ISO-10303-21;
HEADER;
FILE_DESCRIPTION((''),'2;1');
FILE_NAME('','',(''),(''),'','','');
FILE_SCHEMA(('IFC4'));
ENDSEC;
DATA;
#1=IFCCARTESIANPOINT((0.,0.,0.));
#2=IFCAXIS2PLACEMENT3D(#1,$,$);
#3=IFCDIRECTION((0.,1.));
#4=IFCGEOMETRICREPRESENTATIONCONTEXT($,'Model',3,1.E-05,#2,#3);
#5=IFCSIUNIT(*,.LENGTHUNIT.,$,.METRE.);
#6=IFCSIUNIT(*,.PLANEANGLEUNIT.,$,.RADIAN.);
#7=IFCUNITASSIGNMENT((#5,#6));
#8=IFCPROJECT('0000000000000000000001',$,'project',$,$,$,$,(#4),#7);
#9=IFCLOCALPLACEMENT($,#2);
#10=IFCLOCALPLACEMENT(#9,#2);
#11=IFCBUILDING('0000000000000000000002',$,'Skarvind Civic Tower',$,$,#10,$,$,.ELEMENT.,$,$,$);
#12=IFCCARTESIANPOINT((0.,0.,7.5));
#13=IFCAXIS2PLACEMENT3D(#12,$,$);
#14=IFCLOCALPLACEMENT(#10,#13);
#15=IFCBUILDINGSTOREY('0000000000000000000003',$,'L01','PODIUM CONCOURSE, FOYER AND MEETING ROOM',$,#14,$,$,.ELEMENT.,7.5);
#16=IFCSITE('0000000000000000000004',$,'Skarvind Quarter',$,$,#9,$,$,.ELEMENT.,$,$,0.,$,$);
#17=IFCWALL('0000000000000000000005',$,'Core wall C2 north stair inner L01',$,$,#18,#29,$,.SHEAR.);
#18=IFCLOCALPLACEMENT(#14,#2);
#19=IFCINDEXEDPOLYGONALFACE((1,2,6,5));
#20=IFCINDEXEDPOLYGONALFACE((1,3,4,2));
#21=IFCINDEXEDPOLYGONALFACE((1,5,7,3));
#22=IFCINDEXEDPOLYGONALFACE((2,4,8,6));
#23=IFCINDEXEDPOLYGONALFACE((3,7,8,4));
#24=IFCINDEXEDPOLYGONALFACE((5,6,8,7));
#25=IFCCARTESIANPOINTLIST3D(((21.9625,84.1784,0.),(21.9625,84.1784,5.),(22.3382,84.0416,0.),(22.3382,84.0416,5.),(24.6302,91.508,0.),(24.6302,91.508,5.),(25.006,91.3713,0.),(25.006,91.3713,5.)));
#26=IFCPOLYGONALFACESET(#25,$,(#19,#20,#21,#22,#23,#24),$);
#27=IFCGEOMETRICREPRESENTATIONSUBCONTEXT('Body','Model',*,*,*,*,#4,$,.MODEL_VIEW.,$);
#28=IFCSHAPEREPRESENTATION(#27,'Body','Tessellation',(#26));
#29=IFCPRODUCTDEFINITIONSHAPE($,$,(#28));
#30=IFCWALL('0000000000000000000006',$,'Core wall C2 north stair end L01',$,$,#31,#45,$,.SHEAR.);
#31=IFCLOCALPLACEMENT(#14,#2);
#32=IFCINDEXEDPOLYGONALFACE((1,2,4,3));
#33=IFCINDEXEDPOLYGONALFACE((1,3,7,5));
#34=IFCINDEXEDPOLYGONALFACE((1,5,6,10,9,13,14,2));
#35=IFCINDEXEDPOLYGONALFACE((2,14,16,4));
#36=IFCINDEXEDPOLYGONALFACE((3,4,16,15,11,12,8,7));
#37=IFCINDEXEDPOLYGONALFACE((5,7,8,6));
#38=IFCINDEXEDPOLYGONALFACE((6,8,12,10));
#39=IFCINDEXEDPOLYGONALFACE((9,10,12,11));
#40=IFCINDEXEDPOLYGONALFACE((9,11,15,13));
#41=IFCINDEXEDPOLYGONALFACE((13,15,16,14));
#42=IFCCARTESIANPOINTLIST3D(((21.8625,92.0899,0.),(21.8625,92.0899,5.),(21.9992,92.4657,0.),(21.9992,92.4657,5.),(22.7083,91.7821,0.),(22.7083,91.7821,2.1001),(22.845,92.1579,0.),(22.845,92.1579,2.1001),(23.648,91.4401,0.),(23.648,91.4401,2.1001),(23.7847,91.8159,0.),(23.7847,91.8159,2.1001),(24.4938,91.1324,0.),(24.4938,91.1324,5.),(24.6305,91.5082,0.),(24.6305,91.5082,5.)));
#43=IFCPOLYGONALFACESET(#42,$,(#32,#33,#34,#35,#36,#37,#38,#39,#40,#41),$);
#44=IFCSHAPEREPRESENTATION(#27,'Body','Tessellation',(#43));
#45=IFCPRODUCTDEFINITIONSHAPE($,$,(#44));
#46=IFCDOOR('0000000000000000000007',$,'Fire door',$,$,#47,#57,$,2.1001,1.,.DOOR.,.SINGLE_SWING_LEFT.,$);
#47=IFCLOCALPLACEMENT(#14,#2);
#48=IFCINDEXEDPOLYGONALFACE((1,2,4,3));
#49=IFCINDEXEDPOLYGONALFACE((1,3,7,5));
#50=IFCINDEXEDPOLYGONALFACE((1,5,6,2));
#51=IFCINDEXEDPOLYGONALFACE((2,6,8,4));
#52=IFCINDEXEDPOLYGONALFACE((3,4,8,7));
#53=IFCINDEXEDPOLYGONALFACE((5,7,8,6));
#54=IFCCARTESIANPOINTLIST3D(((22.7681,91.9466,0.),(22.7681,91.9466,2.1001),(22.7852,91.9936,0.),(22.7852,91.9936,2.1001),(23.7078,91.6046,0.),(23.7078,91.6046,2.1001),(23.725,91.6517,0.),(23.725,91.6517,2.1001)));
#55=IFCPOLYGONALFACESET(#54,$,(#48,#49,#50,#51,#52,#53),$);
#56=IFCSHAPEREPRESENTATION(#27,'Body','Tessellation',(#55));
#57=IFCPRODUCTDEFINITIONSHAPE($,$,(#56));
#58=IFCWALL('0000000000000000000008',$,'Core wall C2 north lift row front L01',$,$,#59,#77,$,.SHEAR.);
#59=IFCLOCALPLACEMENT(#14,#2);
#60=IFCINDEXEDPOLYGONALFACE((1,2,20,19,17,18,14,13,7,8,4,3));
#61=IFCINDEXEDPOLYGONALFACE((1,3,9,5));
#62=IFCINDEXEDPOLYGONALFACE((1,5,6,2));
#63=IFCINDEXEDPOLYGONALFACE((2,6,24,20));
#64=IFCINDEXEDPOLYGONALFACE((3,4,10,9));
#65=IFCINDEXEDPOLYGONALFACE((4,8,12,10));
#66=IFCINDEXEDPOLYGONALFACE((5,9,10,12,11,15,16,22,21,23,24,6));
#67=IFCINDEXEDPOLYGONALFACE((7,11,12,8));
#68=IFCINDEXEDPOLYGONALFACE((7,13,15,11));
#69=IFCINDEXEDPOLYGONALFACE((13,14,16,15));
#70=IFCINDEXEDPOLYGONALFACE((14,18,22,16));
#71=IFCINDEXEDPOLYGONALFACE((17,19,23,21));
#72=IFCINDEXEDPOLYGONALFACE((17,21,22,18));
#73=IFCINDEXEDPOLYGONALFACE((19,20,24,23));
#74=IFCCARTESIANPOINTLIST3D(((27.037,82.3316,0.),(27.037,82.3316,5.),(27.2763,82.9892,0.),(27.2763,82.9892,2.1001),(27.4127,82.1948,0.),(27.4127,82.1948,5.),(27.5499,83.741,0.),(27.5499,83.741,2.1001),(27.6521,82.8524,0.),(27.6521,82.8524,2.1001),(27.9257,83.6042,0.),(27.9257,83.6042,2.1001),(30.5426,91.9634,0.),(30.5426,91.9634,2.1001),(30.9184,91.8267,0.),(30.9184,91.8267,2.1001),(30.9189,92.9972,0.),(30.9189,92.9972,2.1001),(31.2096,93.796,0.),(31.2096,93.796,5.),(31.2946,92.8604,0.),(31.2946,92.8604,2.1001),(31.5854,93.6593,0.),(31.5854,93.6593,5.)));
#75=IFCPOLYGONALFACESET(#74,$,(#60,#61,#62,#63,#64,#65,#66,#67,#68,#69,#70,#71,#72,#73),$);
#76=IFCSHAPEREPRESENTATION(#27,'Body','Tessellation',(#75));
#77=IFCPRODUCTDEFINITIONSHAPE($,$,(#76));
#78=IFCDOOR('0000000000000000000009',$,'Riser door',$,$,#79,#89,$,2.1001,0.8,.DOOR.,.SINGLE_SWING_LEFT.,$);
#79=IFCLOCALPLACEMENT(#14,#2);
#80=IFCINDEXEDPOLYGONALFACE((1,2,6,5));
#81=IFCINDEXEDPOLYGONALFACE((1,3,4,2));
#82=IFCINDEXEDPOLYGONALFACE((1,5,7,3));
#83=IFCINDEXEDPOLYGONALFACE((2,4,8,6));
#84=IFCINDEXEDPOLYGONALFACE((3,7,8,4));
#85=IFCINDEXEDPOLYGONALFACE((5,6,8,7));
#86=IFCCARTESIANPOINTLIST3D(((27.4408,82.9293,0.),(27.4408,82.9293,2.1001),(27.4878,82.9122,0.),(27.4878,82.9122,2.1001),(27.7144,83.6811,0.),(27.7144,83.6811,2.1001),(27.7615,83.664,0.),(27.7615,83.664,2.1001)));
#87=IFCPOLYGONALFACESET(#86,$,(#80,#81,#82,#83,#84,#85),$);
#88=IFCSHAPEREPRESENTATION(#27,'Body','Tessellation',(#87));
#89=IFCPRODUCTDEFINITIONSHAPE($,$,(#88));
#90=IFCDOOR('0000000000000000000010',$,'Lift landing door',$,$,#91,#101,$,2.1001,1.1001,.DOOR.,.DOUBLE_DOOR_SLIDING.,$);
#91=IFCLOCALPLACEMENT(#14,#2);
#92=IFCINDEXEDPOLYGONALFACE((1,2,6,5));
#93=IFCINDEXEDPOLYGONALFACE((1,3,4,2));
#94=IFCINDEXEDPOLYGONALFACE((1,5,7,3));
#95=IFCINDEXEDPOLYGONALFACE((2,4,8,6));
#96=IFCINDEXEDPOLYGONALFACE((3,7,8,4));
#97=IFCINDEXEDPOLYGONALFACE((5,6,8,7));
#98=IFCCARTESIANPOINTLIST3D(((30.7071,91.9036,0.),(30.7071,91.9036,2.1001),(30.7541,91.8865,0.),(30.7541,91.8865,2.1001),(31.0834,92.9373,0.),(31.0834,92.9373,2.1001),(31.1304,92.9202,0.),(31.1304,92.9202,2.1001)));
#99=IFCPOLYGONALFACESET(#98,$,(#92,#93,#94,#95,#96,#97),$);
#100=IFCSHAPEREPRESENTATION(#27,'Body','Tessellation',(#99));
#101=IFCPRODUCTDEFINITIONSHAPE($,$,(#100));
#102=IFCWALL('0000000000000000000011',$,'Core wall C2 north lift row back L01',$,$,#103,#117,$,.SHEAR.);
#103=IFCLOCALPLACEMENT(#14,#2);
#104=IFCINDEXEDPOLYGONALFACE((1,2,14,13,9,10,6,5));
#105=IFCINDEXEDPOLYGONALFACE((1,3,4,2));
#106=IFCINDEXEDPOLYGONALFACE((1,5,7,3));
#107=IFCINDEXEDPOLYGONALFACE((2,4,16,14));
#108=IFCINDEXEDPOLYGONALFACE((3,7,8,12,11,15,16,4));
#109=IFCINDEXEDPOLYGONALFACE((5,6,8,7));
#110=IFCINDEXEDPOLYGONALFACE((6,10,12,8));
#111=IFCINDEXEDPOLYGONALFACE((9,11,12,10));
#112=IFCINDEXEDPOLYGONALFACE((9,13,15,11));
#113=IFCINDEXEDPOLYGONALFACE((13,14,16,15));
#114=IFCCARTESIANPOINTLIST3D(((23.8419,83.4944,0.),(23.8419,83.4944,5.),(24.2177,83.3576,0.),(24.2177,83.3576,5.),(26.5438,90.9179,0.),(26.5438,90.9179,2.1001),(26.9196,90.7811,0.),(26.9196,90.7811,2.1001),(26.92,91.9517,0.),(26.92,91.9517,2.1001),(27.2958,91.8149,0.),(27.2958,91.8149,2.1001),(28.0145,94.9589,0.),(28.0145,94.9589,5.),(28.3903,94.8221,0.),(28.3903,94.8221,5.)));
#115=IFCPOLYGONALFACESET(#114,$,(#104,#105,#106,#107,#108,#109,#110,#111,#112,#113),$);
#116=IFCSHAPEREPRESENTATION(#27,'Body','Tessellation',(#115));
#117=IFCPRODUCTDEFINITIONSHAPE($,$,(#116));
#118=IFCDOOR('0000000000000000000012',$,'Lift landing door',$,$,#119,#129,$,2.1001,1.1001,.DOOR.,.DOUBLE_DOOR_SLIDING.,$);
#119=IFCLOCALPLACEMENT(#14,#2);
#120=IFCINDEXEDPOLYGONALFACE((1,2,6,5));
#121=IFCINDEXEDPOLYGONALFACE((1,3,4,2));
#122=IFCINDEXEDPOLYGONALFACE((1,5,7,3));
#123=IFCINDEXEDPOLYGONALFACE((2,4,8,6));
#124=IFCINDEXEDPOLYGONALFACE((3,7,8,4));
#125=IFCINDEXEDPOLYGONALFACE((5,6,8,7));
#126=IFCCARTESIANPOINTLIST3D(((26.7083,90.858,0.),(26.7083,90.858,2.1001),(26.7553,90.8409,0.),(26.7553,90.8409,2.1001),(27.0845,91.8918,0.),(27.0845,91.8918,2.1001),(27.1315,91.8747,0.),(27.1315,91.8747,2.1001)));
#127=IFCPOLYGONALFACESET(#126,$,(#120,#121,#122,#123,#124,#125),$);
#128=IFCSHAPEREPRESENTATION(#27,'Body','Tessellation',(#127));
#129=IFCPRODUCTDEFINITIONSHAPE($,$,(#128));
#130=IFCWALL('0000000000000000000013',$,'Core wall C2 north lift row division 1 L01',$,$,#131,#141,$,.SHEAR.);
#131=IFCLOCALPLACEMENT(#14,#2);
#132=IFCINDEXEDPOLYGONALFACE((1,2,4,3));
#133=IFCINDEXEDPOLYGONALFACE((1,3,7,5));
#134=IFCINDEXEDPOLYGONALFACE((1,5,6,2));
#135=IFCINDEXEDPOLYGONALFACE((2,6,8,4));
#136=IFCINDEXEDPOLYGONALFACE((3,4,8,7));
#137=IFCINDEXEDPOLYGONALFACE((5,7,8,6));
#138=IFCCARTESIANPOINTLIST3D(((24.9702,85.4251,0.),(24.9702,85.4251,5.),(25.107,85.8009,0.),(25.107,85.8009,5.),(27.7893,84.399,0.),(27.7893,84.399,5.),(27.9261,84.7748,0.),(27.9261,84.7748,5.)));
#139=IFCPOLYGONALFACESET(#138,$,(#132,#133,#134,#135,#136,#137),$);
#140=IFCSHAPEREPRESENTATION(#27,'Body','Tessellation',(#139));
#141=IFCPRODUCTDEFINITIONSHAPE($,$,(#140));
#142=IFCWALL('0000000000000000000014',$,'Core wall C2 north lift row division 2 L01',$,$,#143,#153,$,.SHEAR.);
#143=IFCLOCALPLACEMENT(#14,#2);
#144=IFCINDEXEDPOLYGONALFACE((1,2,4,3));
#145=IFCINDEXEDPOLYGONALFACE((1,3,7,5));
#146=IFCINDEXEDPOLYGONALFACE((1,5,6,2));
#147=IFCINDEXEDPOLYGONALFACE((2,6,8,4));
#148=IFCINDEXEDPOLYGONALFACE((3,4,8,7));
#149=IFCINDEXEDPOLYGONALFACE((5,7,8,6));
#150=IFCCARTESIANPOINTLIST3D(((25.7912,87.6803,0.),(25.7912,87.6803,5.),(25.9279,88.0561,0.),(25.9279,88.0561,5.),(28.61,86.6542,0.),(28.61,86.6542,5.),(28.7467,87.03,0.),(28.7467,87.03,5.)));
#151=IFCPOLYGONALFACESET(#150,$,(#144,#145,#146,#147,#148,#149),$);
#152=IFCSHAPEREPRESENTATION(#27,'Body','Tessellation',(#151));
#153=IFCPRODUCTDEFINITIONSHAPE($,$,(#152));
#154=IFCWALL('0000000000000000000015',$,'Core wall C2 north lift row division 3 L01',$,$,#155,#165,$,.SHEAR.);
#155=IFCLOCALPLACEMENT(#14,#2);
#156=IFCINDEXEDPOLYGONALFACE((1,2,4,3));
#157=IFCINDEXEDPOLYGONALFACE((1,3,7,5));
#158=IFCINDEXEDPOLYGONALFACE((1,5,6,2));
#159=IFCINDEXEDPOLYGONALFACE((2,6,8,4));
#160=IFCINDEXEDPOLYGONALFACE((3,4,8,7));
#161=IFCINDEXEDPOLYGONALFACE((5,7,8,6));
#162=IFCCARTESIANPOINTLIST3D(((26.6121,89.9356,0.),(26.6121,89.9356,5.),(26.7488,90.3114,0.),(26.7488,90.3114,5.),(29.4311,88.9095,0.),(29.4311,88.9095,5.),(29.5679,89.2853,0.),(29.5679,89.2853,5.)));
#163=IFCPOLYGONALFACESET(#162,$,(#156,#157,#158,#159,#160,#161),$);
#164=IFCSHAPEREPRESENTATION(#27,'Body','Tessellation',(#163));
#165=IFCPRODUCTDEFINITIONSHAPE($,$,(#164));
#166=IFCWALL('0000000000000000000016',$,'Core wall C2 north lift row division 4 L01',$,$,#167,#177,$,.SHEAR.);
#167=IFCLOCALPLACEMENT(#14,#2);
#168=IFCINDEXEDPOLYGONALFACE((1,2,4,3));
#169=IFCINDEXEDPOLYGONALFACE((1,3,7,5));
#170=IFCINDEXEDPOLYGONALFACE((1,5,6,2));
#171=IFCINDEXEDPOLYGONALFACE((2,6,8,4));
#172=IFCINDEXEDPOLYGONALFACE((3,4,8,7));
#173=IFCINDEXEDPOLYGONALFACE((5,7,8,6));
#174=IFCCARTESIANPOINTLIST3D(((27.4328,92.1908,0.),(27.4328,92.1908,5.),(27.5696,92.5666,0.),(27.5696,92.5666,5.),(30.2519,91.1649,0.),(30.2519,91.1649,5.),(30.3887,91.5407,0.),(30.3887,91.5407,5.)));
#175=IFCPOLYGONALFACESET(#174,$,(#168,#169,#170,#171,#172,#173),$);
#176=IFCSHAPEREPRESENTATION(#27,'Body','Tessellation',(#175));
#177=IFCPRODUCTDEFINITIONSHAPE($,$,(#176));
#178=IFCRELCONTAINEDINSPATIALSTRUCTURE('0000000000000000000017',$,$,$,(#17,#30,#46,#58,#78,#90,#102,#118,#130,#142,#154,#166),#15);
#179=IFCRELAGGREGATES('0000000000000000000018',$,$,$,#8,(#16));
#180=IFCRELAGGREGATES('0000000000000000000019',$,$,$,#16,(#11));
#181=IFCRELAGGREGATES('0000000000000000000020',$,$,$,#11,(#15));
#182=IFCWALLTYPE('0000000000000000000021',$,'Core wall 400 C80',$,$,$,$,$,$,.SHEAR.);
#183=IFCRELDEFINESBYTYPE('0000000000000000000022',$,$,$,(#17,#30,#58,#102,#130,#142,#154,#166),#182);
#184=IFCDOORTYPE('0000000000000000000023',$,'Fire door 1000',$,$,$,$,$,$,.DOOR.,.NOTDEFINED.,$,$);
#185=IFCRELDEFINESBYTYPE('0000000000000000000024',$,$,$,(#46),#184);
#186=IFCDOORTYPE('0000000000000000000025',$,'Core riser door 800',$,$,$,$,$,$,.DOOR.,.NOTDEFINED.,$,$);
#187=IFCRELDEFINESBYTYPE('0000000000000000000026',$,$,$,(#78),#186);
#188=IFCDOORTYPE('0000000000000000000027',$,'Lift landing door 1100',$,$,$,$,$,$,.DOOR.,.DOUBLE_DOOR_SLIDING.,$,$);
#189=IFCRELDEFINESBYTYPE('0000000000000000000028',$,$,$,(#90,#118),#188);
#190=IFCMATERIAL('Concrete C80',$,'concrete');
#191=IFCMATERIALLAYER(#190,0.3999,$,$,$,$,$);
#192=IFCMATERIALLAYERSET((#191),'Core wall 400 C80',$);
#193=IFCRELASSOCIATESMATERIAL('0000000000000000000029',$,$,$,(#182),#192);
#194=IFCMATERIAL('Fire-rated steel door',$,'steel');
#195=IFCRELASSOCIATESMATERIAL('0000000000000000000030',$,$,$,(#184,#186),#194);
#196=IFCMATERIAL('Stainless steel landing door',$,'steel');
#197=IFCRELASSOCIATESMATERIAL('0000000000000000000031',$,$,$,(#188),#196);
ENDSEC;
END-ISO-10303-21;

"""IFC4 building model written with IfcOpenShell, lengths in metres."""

from ifc_helpers import new_model, si_unit, direction, frame, frame_2d, origin, place, context, subcontext, project, spatial, rectangle, extrude, material, layer, layer_set, type_object, element, fill, save


model = new_model("IFC4")

# Units and contexts
model_context = context("Model", 3, precision=1e-05, world=origin(), true_north=direction((0.0, 1.0)))
body_context = subcontext(model_context, "Body", "Model", "MODEL_VIEW")
ifc_project = project(units=[si_unit("LENGTHUNIT", "METRE"), si_unit("PLANEANGLEUNIT", "RADIAN")], contexts=[model_context])

# Site, building, storey
site_placement = place(None, origin())
site = spatial("IfcSite", under=ifc_project, at=site_placement, Name="Skarvind Quarter", CompositionType="ELEMENT", RefElevation=0.0)
building_placement = place(site_placement, origin())
building = spatial("IfcBuilding", under=site, at=building_placement, Name="Skarvind Civic Tower", CompositionType="ELEMENT")
storey_placement = place(building_placement, frame((0.0, 0.0, 7.5)))
storey = spatial("IfcBuildingStorey", under=building, at=storey_placement, Name="L01", Description="PODIUM CONCOURSE, FOYER AND MEETING ROOM", CompositionType="ELEMENT", Elevation=7.5)

# Wall
ifc_material_1 = material(Name="Concrete C80", Category="concrete")
ifc_layer_1 = layer(ifc_material_1, 0.3999)
ifc_layer_set_1 = layer_set([ifc_layer_1], Name="Core wall 400 C80")
wall_type_1 = type_object("IfcWallType", Name="Core wall 400 C80", PredefinedType="SHEAR", material=ifc_layer_set_1)
wall_1_placement = place(storey_placement, frame((22.1504, 84.1101, 0.0), z_axis=(0.0, 0.0, 1.0), x_axis=(0.342017, 0.939694, 0.0)))
element("IfcWall", 1, at=wall_1_placement, inside=storey, type_object=wall_type_1, Name="Core wall C2 north stair inner L01", PredefinedType="SHEAR", context=body_context, shape_type="SweptSolid", body=[
    extrude(rectangle(XDim=7.8, YDim=0.3999, at=frame_2d((3.8999, 0.0))), origin(), (0.0, 0.0, 1.0), 5.0),
])

# Wall, opening, door
wall_2_placement = place(storey_placement, frame((24.562, 91.3203, 0.0), z_axis=(0.0, 0.0, 1.0), x_axis=(-0.939717, 0.341953, 0.0)))
wall_2 = element("IfcWall", 2, at=wall_2_placement, inside=storey, type_object=wall_type_1, Name="Core wall C2 north stair end L01", PredefinedType="SHEAR", context=body_context, shape_type="SweptSolid", body=[
    extrude(rectangle(XDim=2.8, YDim=0.3999, at=frame_2d((1.3999, 0.0))), origin(), (0.0, 0.0, 1.0), 5.0),
])
opening_1_placement = place(wall_2_placement, frame((0.8999, 0.0, 0.0)))
opening_1 = element("IfcOpeningElement", 3, at=opening_1_placement, cuts=wall_2, PredefinedType="OPENING", context=body_context, shape_type="SweptSolid", body=[
    extrude(rectangle(XDim=1.0, YDim=2.1001, at=frame_2d((0.5, 1.05))), frame((0.0, 0.21, 0.0), z_axis=(0.0, -1.0, 0.0), x_axis=(1.0, 0.0, 0.0)), (0.0, 0.0, 1.0), 0.4199),
])
ifc_material_2 = material(Name="Fire-rated steel door", Category="steel")
door_type_1 = type_object("IfcDoorType", Name="Fire door 1000", OperationType="NOTDEFINED", PredefinedType="DOOR", material=ifc_material_2)
door_1_placement = place(opening_1_placement, origin())
door_1 = element("IfcDoor", 4, at=door_1_placement, inside=storey, type_object=door_type_1, Name="Fire door", OperationType="SINGLE_SWING_LEFT", OverallHeight=2.1001, OverallWidth=1.0, PredefinedType="DOOR", context=body_context, shape_type="SweptSolid", body=[
    extrude(rectangle(XDim=1.0, YDim=2.1001, at=frame_2d((0.5, 1.05))), frame((0.0, 0.0249, 0.0), z_axis=(0.0, -1.0, 0.0), x_axis=(1.0, 0.0, 0.0)), (0.0, 0.0, 1.0), 0.05),
])
fill(opening_1, door_1)

# Wall, openings, doors
wall_3_placement = place(storey_placement, frame((27.2249, 82.2632, 0.0), z_axis=(0.0, 0.0, 1.0), x_axis=(0.342015, 0.939695, 0.0)))
wall_3 = element("IfcWall", 5, at=wall_3_placement, inside=storey, type_object=wall_type_1, Name="Core wall C2 north lift row front L01", PredefinedType="SHEAR", context=body_context, shape_type="SweptSolid", body=[
    extrude(rectangle(XDim=12.2002, YDim=0.3999, at=frame_2d((6.1001, 0.0))), origin(), (0.0, 0.0, 1.0), 5.0),
])
opening_2_placement = place(wall_3_placement, frame((10.25, 0.0, 0.0)))
opening_2 = element("IfcOpeningElement", 6, at=opening_2_placement, cuts=wall_3, PredefinedType="OPENING", context=body_context, shape_type="SweptSolid", body=[
    extrude(rectangle(XDim=1.1001, YDim=2.1001, at=frame_2d((0.55, 1.05))), frame((0.0, 0.21, 0.0), z_axis=(0.0, -1.0, 0.0), x_axis=(1.0, 0.0, 0.0)), (0.0, 0.0, 1.0), 0.4199),
])
opening_3_placement = place(wall_3_placement, frame((0.7, 0.0, 0.0)))
opening_3 = element("IfcOpeningElement", 7, at=opening_3_placement, cuts=wall_3, PredefinedType="OPENING", context=body_context, shape_type="SweptSolid", body=[
    extrude(rectangle(XDim=0.8, YDim=2.1001, at=frame_2d((0.3999, 1.05))), frame((0.0, 0.21, 0.0), z_axis=(0.0, -1.0, 0.0), x_axis=(1.0, 0.0, 0.0)), (0.0, 0.0, 1.0), 0.4199),
])
door_type_2 = type_object("IfcDoorType", Name="Core riser door 800", OperationType="NOTDEFINED", PredefinedType="DOOR", material=ifc_material_2)
door_2_placement = place(opening_3_placement, origin())
door_2 = element("IfcDoor", 8, at=door_2_placement, inside=storey, type_object=door_type_2, Name="Riser door", OperationType="SINGLE_SWING_LEFT", OverallHeight=2.1001, OverallWidth=0.8, PredefinedType="DOOR", context=body_context, shape_type="SweptSolid", body=[
    extrude(rectangle(XDim=0.8, YDim=2.1001, at=frame_2d((0.3999, 1.05))), frame((0.0, 0.0249, 0.0), z_axis=(0.0, -1.0, 0.0), x_axis=(1.0, 0.0, 0.0)), (0.0, 0.0, 1.0), 0.05),
])
fill(opening_3, door_2)
ifc_material_3 = material(Name="Stainless steel landing door", Category="steel")
door_type_3 = type_object("IfcDoorType", Name="Lift landing door 1100", OperationType="DOUBLE_DOOR_SLIDING", PredefinedType="DOOR", material=ifc_material_3)
door_3_placement = place(opening_2_placement, origin())
door_3 = element("IfcDoor", 9, at=door_3_placement, inside=storey, type_object=door_type_3, Name="Lift landing door", OperationType="DOUBLE_DOOR_SLIDING", OverallHeight=2.1001, OverallWidth=1.1001, PredefinedType="DOOR", context=body_context, shape_type="SweptSolid", body=[
    extrude(rectangle(XDim=1.1001, YDim=2.1001, at=frame_2d((0.55, 1.05))), frame((0.0, 0.0249, 0.0), z_axis=(0.0, -1.0, 0.0), x_axis=(1.0, 0.0, 0.0)), (0.0, 0.0, 1.0), 0.05),
])
fill(opening_2, door_3)

# Wall, opening, door
wall_4_placement = place(storey_placement, frame((24.0298, 83.426, 0.0), z_axis=(0.0, 0.0, 1.0), x_axis=(0.342015, 0.939695, 0.0)))
wall_4 = element("IfcWall", 10, at=wall_4_placement, inside=storey, type_object=wall_type_1, Name="Core wall C2 north lift row back L01", PredefinedType="SHEAR", context=body_context, shape_type="SweptSolid", body=[
    extrude(rectangle(XDim=12.2002, YDim=0.3999, at=frame_2d((6.1001, 0.0))), origin(), (0.0, 0.0, 1.0), 5.0),
])
opening_4_placement = place(wall_4_placement, frame((7.8999, 0.0, 0.0)))
opening_4 = element("IfcOpeningElement", 11, at=opening_4_placement, cuts=wall_4, PredefinedType="OPENING", context=body_context, shape_type="SweptSolid", body=[
    extrude(rectangle(XDim=1.1001, YDim=2.1001, at=frame_2d((0.55, 1.05))), frame((0.0, 0.21, 0.0), z_axis=(0.0, -1.0, 0.0), x_axis=(1.0, 0.0, 0.0)), (0.0, 0.0, 1.0), 0.4199),
])
door_4_placement = place(opening_4_placement, origin())
door_4 = element("IfcDoor", 12, at=door_4_placement, inside=storey, type_object=door_type_3, Name="Lift landing door", OperationType="DOUBLE_DOOR_SLIDING", OverallHeight=2.1001, OverallWidth=1.1001, PredefinedType="DOOR", context=body_context, shape_type="SweptSolid", body=[
    extrude(rectangle(XDim=1.1001, YDim=2.1001, at=frame_2d((0.55, 1.05))), frame((0.0, 0.0249, 0.0), z_axis=(0.0, -1.0, 0.0), x_axis=(1.0, 0.0, 0.0)), (0.0, 0.0, 1.0), 0.05),
])
fill(opening_4, door_4)

# Walls
wall_5_placement = place(storey_placement, frame((27.8577, 84.5869, 0.0), z_axis=(0.0, 0.0, 1.0), x_axis=(-0.939686, 0.342037, 0.0)))
element("IfcWall", 13, at=wall_5_placement, inside=storey, type_object=wall_type_1, Name="Core wall C2 north lift row division 1 L01", PredefinedType="SHEAR", context=body_context, shape_type="SweptSolid", body=[
    extrude(rectangle(XDim=3.0, YDim=0.3999, at=frame_2d((1.5, 0.0))), origin(), (0.0, 0.0, 1.0), 5.0),
])
wall_6_placement = place(storey_placement, frame((28.6785, 86.842, 0.0), z_axis=(0.0, 0.0, 1.0), x_axis=(-0.939677, 0.342063, 0.0)))
element("IfcWall", 14, at=wall_6_placement, inside=storey, type_object=wall_type_1, Name="Core wall C2 north lift row division 2 L01", PredefinedType="SHEAR", context=body_context, shape_type="SweptSolid", body=[
    extrude(rectangle(XDim=2.9998, YDim=0.3999, at=frame_2d((1.5, 0.0))), origin(), (0.0, 0.0, 1.0), 5.0),
])
for number, where, z_axis, x_axis, name in (
    (15, (29.4995, 89.0974, 0.0), (0.0, 0.0, 1.0), (-0.939686, 0.342037, 0.0), "Core wall C2 north lift row division 3 L01"),
    (16, (30.3203, 91.3528, 0.0), (0.0, 0.0, 1.0), (-0.939713, 0.341965, 0.0), "Core wall C2 north lift row division 4 L01"),
):
    element("IfcWall", number, at=place(storey_placement, frame(where, z_axis=z_axis, x_axis=x_axis)), inside=storey, type_object=wall_type_1, Name=name, PredefinedType="SHEAR", context=body_context, shape_type="SweptSolid", body=[
        extrude(rectangle(XDim=3.0, YDim=0.3999, at=frame_2d((1.5, 0.0))), origin(), (0.0, 0.0, 1.0), 5.0),
    ])

save(model, "model.ifc")
